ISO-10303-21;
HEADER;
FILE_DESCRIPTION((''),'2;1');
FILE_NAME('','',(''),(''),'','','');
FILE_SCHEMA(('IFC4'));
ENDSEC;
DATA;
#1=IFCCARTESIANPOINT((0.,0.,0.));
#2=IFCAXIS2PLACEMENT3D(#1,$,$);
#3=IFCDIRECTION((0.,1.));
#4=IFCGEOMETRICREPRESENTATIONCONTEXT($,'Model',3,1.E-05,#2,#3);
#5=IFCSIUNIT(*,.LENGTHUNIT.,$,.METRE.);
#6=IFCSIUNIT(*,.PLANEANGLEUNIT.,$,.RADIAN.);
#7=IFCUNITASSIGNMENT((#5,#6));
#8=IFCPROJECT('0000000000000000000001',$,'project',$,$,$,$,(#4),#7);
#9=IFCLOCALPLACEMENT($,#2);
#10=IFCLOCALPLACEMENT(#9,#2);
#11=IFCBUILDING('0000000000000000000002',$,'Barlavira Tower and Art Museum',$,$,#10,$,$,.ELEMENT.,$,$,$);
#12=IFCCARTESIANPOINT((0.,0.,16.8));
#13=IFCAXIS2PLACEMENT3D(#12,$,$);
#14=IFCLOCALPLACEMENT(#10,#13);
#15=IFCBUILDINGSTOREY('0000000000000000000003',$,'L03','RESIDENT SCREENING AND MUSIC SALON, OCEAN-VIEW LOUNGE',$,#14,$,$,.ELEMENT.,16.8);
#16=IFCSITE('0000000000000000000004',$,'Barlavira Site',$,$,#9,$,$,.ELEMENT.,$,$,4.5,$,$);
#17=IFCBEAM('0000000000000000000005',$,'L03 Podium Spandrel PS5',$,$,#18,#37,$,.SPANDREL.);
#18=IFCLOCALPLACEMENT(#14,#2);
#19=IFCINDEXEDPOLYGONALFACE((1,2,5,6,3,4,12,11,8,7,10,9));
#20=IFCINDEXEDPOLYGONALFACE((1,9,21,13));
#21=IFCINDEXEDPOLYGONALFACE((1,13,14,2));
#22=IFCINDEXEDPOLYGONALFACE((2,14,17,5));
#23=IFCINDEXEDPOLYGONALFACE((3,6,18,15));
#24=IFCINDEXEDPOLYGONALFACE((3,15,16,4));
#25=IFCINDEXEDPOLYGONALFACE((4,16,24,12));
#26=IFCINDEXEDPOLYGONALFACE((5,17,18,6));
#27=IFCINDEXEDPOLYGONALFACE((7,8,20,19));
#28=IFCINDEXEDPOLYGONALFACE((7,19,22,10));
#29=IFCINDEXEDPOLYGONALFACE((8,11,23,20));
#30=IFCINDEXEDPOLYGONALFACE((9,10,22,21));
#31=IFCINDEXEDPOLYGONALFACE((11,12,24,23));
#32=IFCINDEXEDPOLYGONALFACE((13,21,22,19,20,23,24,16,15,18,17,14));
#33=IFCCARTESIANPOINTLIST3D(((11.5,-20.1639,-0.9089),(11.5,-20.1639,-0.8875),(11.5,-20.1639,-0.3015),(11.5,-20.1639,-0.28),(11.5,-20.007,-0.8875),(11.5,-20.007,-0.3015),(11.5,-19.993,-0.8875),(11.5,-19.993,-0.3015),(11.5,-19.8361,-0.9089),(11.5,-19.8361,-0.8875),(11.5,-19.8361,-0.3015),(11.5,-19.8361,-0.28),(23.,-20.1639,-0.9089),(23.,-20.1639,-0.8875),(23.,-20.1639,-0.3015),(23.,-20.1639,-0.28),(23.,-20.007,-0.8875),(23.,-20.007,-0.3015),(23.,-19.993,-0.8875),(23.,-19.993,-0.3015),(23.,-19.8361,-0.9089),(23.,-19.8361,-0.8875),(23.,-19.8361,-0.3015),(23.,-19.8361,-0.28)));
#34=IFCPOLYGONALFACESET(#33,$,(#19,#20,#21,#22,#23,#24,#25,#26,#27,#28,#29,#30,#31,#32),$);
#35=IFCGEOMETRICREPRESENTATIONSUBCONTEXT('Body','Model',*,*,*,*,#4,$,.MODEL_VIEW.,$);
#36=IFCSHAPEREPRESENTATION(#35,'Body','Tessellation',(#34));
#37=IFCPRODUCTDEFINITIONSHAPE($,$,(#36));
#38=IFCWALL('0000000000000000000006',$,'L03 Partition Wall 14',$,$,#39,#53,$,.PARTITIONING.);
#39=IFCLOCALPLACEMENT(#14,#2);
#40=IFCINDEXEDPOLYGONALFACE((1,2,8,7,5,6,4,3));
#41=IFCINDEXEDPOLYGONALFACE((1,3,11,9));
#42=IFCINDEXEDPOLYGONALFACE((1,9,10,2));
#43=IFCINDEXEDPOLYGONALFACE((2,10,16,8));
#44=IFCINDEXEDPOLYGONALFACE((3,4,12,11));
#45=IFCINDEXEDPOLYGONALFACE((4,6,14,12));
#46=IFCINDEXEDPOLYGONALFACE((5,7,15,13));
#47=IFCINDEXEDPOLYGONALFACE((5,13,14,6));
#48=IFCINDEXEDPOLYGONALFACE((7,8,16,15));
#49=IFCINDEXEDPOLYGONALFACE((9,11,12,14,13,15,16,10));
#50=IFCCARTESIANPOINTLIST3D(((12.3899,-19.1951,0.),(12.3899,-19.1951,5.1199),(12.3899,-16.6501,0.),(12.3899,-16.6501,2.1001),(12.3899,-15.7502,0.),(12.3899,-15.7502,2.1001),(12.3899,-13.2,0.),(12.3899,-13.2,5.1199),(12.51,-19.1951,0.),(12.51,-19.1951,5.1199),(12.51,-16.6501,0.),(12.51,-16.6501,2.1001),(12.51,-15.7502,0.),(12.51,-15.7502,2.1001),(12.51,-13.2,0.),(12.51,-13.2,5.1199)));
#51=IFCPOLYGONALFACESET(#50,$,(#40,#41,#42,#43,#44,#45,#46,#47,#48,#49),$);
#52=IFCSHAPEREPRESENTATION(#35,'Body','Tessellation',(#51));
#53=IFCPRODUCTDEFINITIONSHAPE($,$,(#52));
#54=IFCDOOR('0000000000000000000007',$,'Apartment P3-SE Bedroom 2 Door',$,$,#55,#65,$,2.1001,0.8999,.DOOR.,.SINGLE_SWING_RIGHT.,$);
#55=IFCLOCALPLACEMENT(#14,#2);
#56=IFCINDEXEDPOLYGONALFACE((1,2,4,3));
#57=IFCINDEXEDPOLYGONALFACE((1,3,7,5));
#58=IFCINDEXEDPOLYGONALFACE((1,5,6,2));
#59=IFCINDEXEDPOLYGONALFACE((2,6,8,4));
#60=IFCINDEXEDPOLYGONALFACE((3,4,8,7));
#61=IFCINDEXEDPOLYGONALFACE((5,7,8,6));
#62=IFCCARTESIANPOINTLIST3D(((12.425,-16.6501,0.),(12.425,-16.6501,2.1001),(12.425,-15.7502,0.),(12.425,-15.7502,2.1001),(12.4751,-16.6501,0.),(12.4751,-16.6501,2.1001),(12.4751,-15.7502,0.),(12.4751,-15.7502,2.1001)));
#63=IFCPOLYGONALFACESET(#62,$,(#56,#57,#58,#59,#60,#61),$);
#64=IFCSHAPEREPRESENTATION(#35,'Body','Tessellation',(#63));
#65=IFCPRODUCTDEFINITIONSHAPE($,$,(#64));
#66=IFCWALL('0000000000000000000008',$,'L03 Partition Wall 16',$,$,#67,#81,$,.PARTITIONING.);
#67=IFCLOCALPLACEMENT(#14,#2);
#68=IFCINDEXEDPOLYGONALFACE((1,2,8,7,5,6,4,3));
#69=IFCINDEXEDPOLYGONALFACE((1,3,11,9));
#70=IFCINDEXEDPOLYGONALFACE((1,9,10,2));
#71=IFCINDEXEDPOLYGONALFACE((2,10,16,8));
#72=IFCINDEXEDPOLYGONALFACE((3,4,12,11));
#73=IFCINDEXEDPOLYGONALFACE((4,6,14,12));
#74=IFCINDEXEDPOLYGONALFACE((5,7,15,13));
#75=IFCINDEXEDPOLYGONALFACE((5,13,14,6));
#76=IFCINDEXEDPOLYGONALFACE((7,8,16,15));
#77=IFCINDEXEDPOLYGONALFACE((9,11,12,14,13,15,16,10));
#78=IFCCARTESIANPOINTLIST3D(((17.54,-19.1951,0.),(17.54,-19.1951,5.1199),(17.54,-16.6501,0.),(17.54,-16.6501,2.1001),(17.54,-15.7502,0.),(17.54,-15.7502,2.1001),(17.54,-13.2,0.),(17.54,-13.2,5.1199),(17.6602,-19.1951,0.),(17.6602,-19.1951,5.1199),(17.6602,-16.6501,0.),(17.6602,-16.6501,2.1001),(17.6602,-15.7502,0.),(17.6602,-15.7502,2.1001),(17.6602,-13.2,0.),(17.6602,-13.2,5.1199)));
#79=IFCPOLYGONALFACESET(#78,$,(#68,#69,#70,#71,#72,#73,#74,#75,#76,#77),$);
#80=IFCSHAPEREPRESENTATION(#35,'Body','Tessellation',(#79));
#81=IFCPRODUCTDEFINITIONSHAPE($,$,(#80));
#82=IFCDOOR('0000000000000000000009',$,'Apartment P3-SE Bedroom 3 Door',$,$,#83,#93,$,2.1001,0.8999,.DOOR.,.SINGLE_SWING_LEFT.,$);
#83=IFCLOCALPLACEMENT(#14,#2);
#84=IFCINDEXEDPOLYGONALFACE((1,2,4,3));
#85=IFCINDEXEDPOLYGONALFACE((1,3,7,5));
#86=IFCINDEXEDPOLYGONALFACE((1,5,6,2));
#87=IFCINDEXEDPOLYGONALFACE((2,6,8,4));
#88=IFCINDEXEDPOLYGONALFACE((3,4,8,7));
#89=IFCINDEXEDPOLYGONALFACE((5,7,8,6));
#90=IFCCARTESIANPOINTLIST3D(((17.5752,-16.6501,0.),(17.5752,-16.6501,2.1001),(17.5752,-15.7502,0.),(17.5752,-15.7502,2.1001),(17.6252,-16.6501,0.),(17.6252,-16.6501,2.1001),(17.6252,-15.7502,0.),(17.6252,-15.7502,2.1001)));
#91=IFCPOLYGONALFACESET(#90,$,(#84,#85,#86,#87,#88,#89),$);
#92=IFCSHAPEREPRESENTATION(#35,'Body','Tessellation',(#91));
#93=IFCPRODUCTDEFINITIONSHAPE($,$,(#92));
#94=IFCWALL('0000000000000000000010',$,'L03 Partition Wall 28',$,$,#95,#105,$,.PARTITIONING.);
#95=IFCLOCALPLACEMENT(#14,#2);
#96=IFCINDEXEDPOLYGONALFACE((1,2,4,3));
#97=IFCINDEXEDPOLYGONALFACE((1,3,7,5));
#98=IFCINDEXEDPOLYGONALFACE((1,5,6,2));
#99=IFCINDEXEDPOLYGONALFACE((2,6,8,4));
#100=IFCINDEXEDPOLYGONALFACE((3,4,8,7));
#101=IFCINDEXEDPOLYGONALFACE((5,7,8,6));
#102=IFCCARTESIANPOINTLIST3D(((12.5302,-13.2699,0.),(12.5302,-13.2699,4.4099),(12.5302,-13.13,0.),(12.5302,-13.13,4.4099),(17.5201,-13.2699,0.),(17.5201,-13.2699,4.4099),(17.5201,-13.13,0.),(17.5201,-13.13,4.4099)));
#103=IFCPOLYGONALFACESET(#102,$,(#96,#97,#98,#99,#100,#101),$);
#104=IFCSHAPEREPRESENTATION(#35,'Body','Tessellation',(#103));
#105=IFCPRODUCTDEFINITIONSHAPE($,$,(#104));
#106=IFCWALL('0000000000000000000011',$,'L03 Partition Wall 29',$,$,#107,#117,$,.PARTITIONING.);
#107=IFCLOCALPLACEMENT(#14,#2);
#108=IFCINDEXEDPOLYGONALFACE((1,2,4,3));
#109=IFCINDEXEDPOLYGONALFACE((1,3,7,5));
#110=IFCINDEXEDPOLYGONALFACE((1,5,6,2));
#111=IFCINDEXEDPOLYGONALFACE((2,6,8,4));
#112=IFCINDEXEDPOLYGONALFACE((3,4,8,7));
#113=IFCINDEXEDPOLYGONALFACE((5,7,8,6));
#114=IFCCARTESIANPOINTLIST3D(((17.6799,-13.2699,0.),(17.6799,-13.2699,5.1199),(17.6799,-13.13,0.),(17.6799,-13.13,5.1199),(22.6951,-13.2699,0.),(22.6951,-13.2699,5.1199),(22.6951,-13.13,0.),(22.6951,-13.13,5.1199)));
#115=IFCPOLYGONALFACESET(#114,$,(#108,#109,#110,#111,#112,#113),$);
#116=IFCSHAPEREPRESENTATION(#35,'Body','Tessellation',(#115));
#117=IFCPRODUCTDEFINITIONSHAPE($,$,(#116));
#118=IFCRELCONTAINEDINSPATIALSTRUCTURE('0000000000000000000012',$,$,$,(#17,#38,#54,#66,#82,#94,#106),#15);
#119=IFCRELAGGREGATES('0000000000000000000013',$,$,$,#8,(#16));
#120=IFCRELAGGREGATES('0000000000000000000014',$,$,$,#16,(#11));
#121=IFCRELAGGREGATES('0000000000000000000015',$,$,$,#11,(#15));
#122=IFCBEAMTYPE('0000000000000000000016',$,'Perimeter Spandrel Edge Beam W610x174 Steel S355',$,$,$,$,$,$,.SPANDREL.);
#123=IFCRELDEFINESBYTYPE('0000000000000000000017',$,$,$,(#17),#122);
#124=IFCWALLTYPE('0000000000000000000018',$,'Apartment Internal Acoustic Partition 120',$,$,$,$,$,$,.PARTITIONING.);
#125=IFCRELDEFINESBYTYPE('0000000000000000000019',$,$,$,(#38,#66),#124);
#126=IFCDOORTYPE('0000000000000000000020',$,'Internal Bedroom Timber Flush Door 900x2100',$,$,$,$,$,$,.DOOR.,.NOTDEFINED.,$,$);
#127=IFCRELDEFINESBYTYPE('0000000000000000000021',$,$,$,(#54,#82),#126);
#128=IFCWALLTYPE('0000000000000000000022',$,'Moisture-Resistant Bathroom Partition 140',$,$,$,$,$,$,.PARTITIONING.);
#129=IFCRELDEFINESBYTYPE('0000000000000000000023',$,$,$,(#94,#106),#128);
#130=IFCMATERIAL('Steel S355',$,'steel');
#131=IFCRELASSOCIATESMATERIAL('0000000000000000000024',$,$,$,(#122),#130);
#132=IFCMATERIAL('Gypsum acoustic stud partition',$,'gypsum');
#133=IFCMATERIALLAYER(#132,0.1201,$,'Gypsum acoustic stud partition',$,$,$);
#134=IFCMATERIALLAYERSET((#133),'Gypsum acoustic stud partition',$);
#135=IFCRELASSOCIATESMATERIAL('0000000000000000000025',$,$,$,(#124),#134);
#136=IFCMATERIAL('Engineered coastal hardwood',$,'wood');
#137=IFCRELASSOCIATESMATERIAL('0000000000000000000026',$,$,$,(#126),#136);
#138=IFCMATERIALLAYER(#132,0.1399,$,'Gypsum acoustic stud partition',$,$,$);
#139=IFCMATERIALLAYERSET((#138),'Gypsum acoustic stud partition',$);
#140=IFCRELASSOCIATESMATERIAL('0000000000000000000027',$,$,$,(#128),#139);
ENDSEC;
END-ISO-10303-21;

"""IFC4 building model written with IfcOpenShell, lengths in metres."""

from ifc_helpers import new_model, si_unit, direction, frame, frame_2d, origin, origin_2d, place, context, subcontext, project, spatial, rectangle, i_section, extrude, material, layer, layer_set, material_profile, profile_set, type_object, element, fill, save


model = new_model("IFC4")

# Units and contexts
model_context = context("Model", 3, precision=1e-05, world=origin(), true_north=direction((0.0, 1.0)))
body_context = subcontext(model_context, "Body", "Model", "MODEL_VIEW")
ifc_project = project(units=[si_unit("LENGTHUNIT", "METRE"), si_unit("PLANEANGLEUNIT", "RADIAN")], contexts=[model_context])

# Site, building, storey
site_placement = place(None, origin())
site = spatial("IfcSite", under=ifc_project, at=site_placement, Name="Barlavira Site", CompositionType="ELEMENT", RefElevation=4.5)
building_placement = place(site_placement, origin())
building = spatial("IfcBuilding", under=site, at=building_placement, Name="Barlavira Tower and Art Museum", CompositionType="ELEMENT")
storey_placement = place(building_placement, frame((0.0, 0.0, 16.8)))
storey = spatial("IfcBuildingStorey", under=building, at=storey_placement, Name="L03", Description="RESIDENT SCREENING AND MUSIC SALON, OCEAN-VIEW LOUNGE", CompositionType="ELEMENT", Elevation=16.8)

# Beam
ifc_material_1 = material(Name="Steel S355", Category="steel")
ifc_material_profile = material_profile(ifc_material_1, i_section(OverallWidth=0.3279, OverallDepth=0.6289, WebThickness=0.0139, FlangeThickness=0.0215, at=origin_2d()), Name="W610x174.0")
ifc_profile_set = profile_set([ifc_material_profile], Name="Steel S355")
beam_type = type_object("IfcBeamType", Name="Perimeter Spandrel Edge Beam W610x174 Steel S355", PredefinedType="SPANDREL", material=ifc_profile_set)
beam_placement = place(storey_placement, frame((11.5, -20.0, -0.5945), z_axis=(1.0, 0.0, 0.0), x_axis=(0.0, 1.0, 0.0)))
element("IfcBeam", 1, at=beam_placement, inside=storey, type_object=beam_type, Name="L03 Podium Spandrel PS5", PredefinedType="SPANDREL", context=body_context, shape_type="SweptSolid", body=[
    extrude(i_section(OverallWidth=0.3279, OverallDepth=0.6289, WebThickness=0.0139, FlangeThickness=0.0215, at=origin_2d()), origin(), (0.0, 0.0, 1.0), 11.5),
])

# Walls, openings, doors
ifc_material_2 = material(Name="Gypsum acoustic stud partition", Category="gypsum")
ifc_layer_1 = layer(ifc_material_2, 0.1201, Name="Gypsum acoustic stud partition")
ifc_layer_set_1 = layer_set([ifc_layer_1], Name="Gypsum acoustic stud partition")
wall_type_1 = type_object("IfcWallType", Name="Apartment Internal Acoustic Partition 120", PredefinedType="PARTITIONING", material=ifc_layer_set_1)
wall_1_placement = place(storey_placement, frame((12.45, -19.1951, 0.0), z_axis=(0.0, 0.0, 1.0), x_axis=(0.0, 1.0, 0.0)))
wall_1 = element("IfcWall", 2, at=wall_1_placement, inside=storey, type_object=wall_type_1, Name="L03 Partition Wall 14", PredefinedType="PARTITIONING", context=body_context, shape_type="SweptSolid", body=[
    extrude(rectangle(XDim=5.9951, YDim=0.1201, at=frame_2d((2.9976, 0.0))), origin(), (0.0, 0.0, 1.0), 5.1199),
])
opening_1_placement = place(wall_1_placement, frame((2.5449, 0.0, 0.0)))
opening_1 = element("IfcOpeningElement", 3, at=opening_1_placement, cuts=wall_1, PredefinedType="OPENING", context=body_context, shape_type="SweptSolid", body=[
    extrude(rectangle(XDim=0.8999, YDim=2.1001, at=frame_2d((0.45, 1.05))), frame((0.0, 0.0701, 0.0), z_axis=(0.0, -1.0, 0.0), x_axis=(1.0, 0.0, 0.0)), (0.0, 0.0, 1.0), 0.1401),
])
ifc_material_3 = material(Name="Engineered coastal hardwood", Category="wood")
door_type = type_object("IfcDoorType", Name="Internal Bedroom Timber Flush Door 900x2100", OperationType="NOTDEFINED", PredefinedType="DOOR", material=ifc_material_3)
door_1_placement = place(opening_1_placement, origin())
door_1 = element("IfcDoor", 4, at=door_1_placement, inside=storey, type_object=door_type, Name="Apartment P3-SE Bedroom 2 Door", OperationType="SINGLE_SWING_RIGHT", OverallHeight=2.1001, OverallWidth=0.8999, PredefinedType="DOOR", context=body_context, shape_type="SweptSolid", body=[
    extrude(rectangle(XDim=0.8999, YDim=2.1001, at=frame_2d((0.45, 1.05))), frame((0.0, 0.0249, 0.0), z_axis=(0.0, -1.0, 0.0), x_axis=(1.0, 0.0, 0.0)), (0.0, 0.0, 1.0), 0.05),
])
fill(opening_1, door_1)
wall_2_placement = place(storey_placement, frame((17.6001, -19.1951, 0.0), z_axis=(0.0, 0.0, 1.0), x_axis=(0.0, 1.0, 0.0)))
wall_2 = element("IfcWall", 5, at=wall_2_placement, inside=storey, type_object=wall_type_1, Name="L03 Partition Wall 16", PredefinedType="PARTITIONING", context=body_context, shape_type="SweptSolid", body=[
    extrude(rectangle(XDim=5.9951, YDim=0.1201, at=frame_2d((2.9976, 0.0))), origin(), (0.0, 0.0, 1.0), 5.1199),
])
opening_2_placement = place(wall_2_placement, frame((2.5449, 0.0, 0.0)))
opening_2 = element("IfcOpeningElement", 6, at=opening_2_placement, cuts=wall_2, PredefinedType="OPENING", context=body_context, shape_type="SweptSolid", body=[
    extrude(rectangle(XDim=0.8999, YDim=2.1001, at=frame_2d((0.45, 1.05))), frame((0.0, 0.0701, 0.0), z_axis=(0.0, -1.0, 0.0), x_axis=(1.0, 0.0, 0.0)), (0.0, 0.0, 1.0), 0.1401),
])
door_2_placement = place(opening_2_placement, origin())
door_2 = element("IfcDoor", 7, at=door_2_placement, inside=storey, type_object=door_type, Name="Apartment P3-SE Bedroom 3 Door", OperationType="SINGLE_SWING_LEFT", OverallHeight=2.1001, OverallWidth=0.8999, PredefinedType="DOOR", context=body_context, shape_type="SweptSolid", body=[
    extrude(rectangle(XDim=0.8999, YDim=2.1001, at=frame_2d((0.45, 1.05))), frame((0.0, 0.0249, 0.0), z_axis=(0.0, -1.0, 0.0), x_axis=(1.0, 0.0, 0.0)), (0.0, 0.0, 1.0), 0.05),
])
fill(opening_2, door_2)

# Walls
ifc_layer_2 = layer(ifc_material_2, 0.1399, Name="Gypsum acoustic stud partition")
ifc_layer_set_2 = layer_set([ifc_layer_2], Name="Gypsum acoustic stud partition")
wall_type_2 = type_object("IfcWallType", Name="Moisture-Resistant Bathroom Partition 140", PredefinedType="PARTITIONING", material=ifc_layer_set_2)
wall_3_placement = place(storey_placement, frame((12.53, -13.2, 0.0), z_axis=(0.0, 0.0, 1.0), x_axis=(1.0, 0.0, 0.0)))
element("IfcWall", 8, at=wall_3_placement, inside=storey, type_object=wall_type_2, Name="L03 Partition Wall 28", PredefinedType="PARTITIONING", context=body_context, shape_type="SweptSolid", body=[
    extrude(rectangle(XDim=4.99, YDim=0.1399, at=frame_2d((2.4951, 0.0))), origin(), (0.0, 0.0, 1.0), 4.4099),
])
wall_4_placement = place(storey_placement, frame((17.6799, -13.2, 0.0), z_axis=(0.0, 0.0, 1.0), x_axis=(1.0, 0.0, 0.0)))
element("IfcWall", 9, at=wall_4_placement, inside=storey, type_object=wall_type_2, Name="L03 Partition Wall 29", PredefinedType="PARTITIONING", context=body_context, shape_type="SweptSolid", body=[
    extrude(rectangle(XDim=5.0151, YDim=0.1399, at=frame_2d((2.5076, 0.0))), origin(), (0.0, 0.0, 1.0), 5.1199),
])

save(model, "model.ifc")
